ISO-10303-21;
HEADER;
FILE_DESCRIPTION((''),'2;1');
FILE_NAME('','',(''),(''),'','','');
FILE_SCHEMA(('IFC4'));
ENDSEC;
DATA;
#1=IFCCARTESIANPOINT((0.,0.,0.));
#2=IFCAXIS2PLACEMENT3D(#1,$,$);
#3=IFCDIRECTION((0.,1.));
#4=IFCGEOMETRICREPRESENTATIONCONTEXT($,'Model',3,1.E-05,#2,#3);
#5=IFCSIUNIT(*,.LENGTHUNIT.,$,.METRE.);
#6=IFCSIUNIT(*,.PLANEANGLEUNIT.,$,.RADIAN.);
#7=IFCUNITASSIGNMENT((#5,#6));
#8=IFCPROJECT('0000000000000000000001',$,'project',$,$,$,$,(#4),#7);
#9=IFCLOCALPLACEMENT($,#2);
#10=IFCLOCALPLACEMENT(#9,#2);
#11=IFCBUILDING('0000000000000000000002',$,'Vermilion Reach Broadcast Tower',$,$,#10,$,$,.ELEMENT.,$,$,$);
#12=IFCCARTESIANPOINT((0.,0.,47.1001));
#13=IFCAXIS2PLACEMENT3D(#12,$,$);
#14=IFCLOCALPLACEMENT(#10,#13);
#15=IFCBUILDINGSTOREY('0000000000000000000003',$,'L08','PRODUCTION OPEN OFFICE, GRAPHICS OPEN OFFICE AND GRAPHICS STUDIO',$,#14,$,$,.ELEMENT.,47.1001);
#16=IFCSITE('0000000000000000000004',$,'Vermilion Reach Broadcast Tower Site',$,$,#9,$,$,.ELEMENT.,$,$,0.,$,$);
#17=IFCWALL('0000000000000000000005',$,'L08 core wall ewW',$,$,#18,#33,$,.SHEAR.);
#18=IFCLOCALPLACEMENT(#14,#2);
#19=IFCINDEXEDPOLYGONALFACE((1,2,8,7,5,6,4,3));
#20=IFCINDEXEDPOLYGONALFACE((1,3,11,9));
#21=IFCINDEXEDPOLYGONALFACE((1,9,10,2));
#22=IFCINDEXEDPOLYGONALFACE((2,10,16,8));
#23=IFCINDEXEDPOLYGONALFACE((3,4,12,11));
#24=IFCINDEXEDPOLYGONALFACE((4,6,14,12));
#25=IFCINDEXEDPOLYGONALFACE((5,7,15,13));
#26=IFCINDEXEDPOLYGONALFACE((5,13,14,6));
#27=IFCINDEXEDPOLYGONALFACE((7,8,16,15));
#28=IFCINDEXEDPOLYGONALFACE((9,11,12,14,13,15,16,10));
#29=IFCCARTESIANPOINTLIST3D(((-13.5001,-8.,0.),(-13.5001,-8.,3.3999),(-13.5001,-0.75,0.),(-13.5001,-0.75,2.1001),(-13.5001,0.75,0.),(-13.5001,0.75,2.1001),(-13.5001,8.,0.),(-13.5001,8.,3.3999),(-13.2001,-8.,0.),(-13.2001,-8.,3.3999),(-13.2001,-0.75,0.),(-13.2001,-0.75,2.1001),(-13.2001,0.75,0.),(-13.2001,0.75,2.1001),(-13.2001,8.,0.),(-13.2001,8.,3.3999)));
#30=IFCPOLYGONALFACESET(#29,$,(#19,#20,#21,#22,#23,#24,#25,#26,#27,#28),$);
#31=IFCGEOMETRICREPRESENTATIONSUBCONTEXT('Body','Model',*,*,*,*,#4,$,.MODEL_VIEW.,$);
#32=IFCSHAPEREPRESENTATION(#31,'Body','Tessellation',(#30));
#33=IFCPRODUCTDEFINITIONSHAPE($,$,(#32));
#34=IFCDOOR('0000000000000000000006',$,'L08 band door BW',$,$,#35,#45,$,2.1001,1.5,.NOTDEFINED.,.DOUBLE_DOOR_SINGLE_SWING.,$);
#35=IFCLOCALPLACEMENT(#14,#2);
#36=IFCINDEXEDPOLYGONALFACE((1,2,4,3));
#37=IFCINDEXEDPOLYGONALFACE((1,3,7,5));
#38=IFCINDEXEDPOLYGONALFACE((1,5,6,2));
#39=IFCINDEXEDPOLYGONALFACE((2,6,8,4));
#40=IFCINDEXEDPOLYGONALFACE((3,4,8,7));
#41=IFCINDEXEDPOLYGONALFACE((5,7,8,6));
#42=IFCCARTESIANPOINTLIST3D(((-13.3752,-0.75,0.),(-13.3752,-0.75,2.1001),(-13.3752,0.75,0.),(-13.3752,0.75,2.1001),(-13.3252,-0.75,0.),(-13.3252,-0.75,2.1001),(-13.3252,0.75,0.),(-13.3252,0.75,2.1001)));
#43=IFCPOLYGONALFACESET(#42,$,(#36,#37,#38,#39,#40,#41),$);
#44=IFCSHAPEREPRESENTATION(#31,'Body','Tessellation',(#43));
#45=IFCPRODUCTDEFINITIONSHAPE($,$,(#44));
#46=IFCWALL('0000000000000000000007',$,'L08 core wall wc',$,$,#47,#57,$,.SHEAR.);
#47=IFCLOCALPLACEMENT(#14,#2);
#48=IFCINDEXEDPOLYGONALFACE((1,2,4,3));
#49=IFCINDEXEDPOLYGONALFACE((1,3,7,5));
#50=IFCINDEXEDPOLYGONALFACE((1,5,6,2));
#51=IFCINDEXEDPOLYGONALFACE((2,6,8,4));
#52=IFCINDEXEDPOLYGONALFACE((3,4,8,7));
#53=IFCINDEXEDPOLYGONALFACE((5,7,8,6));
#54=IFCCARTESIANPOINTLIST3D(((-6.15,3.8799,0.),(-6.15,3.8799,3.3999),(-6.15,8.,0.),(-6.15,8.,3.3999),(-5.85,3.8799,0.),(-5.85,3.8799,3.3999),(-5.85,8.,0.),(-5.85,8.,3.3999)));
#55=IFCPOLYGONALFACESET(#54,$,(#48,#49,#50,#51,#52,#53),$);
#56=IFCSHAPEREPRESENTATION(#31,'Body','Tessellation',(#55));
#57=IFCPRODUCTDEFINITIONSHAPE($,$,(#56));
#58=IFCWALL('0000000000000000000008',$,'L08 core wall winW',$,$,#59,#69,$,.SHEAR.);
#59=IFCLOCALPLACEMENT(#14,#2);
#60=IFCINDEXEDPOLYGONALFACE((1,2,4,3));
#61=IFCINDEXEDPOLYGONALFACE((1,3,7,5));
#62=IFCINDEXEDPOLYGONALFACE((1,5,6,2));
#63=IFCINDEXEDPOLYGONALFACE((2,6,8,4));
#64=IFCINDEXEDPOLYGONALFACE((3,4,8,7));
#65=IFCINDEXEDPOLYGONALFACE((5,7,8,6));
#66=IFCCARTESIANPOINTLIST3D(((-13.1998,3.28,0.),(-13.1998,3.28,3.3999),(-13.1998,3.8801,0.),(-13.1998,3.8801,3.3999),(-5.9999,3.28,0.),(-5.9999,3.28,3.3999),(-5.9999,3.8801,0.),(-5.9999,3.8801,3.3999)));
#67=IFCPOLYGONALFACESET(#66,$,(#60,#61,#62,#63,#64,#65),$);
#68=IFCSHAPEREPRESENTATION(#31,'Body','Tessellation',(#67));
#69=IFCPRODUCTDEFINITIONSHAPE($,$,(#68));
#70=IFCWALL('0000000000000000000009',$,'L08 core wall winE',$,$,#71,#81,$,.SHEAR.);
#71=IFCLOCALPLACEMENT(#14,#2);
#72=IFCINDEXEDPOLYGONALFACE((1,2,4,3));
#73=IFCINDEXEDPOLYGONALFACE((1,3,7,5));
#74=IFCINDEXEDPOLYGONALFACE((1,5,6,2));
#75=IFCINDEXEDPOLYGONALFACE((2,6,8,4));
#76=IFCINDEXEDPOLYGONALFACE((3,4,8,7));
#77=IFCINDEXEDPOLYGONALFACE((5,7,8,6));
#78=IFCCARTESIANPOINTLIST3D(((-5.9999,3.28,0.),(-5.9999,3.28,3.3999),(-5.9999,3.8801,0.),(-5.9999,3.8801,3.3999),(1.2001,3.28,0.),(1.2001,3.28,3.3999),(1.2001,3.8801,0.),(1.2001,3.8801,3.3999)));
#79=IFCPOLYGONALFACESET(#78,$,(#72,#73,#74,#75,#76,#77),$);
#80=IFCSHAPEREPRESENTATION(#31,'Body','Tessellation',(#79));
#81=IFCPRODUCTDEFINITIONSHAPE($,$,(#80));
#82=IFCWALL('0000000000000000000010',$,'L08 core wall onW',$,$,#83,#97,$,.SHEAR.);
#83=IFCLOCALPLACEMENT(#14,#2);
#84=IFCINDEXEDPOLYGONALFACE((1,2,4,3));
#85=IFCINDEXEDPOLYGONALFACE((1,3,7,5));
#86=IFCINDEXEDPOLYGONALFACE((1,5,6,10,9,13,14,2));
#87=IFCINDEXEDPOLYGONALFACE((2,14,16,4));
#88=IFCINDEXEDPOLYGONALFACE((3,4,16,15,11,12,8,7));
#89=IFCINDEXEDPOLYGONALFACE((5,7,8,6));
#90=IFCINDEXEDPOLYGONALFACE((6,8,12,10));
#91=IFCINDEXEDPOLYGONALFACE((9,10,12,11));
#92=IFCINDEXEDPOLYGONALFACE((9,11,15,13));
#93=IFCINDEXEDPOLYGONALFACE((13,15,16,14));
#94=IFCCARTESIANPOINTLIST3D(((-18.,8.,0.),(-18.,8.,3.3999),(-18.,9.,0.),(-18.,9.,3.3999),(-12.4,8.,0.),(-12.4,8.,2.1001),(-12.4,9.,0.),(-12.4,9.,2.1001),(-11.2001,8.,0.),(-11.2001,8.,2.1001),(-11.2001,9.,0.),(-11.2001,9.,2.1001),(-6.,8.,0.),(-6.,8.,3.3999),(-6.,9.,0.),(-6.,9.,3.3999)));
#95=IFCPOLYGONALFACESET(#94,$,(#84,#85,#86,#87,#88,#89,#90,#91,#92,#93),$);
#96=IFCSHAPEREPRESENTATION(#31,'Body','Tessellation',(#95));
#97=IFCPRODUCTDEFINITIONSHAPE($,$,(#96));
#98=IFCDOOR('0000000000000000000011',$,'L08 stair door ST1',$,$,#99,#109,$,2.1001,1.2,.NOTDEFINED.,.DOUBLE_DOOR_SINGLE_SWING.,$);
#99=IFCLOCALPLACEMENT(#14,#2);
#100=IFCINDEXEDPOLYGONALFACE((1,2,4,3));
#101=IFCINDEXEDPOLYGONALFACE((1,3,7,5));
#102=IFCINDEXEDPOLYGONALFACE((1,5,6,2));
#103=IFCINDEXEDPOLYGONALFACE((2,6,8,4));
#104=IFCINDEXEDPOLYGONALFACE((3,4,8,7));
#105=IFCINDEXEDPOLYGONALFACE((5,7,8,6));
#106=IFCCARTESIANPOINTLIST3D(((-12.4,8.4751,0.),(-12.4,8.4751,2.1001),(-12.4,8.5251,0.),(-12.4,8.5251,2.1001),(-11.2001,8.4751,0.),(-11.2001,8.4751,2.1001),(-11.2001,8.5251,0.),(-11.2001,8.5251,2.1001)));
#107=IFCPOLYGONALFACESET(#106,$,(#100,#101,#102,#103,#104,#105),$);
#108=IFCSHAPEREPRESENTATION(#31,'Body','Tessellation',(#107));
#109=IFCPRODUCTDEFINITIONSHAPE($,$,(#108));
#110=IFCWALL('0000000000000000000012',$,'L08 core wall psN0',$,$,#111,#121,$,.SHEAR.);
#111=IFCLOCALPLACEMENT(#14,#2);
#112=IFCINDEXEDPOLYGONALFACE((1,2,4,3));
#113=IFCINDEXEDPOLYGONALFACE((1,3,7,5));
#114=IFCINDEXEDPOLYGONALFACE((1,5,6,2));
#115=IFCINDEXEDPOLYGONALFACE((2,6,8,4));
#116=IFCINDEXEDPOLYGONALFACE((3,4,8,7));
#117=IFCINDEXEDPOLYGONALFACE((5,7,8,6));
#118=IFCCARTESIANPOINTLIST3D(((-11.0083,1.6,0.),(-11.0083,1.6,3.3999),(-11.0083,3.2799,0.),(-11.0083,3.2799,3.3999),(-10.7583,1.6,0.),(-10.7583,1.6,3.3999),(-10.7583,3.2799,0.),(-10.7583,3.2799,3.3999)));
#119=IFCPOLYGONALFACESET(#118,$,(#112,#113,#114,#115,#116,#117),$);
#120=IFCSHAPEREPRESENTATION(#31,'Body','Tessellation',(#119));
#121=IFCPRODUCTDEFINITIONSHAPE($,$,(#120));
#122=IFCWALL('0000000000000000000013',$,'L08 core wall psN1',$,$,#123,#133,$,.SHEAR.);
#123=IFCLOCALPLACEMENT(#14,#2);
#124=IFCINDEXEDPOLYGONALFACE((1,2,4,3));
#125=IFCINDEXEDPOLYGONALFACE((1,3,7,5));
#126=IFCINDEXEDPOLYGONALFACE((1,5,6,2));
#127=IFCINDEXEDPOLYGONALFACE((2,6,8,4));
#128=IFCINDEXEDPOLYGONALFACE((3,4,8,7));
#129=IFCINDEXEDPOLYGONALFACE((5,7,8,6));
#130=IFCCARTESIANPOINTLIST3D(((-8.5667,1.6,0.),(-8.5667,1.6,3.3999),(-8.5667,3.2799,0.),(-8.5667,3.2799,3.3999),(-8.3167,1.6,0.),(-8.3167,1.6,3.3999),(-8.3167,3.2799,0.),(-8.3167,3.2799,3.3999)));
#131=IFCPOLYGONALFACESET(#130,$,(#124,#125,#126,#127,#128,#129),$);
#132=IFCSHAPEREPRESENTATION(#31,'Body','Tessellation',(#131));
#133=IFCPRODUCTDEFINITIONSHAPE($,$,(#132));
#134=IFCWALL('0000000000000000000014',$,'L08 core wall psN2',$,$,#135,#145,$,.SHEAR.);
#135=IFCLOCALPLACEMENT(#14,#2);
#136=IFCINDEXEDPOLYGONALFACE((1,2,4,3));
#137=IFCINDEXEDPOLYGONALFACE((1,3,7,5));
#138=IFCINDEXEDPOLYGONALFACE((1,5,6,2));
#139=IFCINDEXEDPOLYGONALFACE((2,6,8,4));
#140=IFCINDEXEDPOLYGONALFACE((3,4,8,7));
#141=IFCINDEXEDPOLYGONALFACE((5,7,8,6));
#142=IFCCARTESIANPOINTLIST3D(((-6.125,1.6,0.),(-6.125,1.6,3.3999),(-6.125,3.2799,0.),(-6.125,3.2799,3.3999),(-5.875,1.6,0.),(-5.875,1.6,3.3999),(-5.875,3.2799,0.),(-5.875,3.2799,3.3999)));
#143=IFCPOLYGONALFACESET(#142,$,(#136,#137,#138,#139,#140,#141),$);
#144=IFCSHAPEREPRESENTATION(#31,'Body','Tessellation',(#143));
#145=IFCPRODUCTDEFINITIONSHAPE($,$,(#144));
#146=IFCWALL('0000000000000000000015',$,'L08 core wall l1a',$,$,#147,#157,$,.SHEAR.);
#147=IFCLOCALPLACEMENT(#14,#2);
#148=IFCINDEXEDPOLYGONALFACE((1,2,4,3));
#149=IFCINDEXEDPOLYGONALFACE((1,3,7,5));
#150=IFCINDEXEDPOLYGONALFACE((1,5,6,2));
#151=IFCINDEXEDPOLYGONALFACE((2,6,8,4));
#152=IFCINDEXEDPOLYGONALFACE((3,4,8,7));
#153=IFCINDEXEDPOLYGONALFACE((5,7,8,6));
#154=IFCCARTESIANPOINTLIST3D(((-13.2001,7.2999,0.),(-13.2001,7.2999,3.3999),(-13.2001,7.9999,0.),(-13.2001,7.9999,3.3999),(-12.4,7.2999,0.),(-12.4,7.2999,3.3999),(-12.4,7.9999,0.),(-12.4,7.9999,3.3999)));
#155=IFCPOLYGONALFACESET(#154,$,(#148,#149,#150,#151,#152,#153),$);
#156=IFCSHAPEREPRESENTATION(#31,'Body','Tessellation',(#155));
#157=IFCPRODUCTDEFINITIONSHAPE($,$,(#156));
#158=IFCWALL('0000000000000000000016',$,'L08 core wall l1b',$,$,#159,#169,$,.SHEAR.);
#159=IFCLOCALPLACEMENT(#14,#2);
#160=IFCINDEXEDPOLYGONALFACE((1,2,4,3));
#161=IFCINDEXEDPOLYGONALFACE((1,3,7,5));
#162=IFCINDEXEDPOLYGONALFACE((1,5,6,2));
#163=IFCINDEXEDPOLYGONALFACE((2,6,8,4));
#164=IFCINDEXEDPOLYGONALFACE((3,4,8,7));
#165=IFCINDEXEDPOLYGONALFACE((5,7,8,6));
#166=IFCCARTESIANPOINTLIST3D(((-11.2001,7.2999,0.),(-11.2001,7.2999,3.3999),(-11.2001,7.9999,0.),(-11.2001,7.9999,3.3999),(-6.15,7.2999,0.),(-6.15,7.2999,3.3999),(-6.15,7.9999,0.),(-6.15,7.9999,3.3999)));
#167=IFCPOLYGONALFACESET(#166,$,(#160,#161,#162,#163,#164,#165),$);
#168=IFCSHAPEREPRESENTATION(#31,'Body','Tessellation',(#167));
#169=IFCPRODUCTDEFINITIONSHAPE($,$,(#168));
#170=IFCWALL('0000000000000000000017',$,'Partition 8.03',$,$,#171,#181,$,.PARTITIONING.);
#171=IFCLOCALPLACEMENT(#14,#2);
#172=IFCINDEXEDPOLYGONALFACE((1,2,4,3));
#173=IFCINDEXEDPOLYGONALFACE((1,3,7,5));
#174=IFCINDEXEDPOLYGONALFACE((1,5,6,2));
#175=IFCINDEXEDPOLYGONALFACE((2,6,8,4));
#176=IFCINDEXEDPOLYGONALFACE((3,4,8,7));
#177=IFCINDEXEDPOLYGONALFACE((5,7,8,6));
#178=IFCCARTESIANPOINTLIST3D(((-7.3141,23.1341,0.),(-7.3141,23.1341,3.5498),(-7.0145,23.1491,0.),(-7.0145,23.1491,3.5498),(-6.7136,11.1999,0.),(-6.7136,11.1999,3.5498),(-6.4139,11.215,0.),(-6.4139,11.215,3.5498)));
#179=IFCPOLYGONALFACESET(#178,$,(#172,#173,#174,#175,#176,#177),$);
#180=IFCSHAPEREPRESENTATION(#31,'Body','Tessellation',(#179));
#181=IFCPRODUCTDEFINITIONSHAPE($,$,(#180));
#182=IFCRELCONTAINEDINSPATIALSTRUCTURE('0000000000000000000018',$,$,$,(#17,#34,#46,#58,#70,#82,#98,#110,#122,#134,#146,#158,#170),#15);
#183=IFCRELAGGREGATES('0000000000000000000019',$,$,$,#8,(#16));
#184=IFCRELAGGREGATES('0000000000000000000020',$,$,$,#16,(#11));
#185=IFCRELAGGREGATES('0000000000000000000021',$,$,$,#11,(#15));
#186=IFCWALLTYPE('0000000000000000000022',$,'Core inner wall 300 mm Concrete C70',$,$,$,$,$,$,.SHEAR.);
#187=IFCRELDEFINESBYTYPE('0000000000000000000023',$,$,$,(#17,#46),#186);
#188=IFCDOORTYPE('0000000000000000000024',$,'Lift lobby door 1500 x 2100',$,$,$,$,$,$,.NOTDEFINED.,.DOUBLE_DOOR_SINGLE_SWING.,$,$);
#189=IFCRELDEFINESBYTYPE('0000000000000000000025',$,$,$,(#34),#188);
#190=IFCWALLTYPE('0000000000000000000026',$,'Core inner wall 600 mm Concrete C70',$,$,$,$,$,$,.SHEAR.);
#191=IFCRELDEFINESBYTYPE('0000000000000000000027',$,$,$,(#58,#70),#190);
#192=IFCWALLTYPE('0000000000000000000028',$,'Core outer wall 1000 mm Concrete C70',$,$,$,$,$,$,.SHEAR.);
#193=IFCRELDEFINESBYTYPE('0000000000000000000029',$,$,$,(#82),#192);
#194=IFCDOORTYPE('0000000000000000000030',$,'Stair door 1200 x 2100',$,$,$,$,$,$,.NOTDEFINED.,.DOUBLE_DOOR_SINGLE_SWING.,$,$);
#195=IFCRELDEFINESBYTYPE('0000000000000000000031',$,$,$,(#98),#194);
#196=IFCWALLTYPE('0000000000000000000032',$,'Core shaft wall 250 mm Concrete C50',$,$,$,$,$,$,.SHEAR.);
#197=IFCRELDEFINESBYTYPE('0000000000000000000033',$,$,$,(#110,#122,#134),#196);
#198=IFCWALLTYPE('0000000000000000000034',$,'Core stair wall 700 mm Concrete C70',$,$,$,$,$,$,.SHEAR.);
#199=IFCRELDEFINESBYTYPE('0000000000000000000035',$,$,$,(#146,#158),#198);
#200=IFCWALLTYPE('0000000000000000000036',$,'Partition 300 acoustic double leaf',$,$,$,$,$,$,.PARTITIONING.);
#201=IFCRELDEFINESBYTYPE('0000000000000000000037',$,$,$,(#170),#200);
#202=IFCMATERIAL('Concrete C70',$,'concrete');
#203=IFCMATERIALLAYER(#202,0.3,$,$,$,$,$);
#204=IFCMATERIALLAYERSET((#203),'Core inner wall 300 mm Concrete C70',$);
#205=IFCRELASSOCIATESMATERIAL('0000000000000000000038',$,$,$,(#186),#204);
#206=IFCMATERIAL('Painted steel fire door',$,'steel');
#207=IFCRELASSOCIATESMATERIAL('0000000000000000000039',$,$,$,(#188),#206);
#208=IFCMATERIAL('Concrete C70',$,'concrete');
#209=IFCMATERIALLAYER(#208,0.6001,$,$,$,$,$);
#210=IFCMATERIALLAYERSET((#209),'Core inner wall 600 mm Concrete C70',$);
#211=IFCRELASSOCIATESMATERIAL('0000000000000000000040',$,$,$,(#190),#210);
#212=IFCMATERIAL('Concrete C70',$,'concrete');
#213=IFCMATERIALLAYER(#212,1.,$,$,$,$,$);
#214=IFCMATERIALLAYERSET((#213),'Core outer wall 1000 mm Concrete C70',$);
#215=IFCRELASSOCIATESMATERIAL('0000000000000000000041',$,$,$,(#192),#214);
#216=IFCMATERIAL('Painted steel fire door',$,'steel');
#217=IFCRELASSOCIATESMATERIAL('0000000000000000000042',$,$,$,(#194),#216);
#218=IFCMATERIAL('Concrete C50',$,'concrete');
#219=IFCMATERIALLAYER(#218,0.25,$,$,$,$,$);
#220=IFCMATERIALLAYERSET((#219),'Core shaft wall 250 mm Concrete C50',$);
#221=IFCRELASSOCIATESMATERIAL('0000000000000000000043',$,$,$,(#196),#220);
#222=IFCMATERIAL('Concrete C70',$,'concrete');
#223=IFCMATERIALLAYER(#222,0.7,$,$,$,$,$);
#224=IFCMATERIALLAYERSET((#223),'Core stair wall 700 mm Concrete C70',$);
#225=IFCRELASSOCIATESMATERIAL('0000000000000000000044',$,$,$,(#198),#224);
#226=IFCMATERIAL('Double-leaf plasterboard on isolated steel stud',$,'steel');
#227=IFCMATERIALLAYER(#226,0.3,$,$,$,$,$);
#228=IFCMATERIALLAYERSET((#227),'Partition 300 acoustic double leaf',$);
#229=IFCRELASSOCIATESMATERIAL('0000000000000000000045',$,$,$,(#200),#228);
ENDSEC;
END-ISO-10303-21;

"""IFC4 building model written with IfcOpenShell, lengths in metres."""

from ifc_helpers import new_model, si_unit, direction, frame, frame_2d, origin, place, context, subcontext, project, spatial, rectangle, extrude, material, layer, layer_set, type_object, element, fill, save


model = new_model("IFC4")

# Units and contexts
model_context = context("Model", 3, precision=1e-05, world=origin(), true_north=direction((0.0, 1.0)))
body_context = subcontext(model_context, "Body", "Model", "MODEL_VIEW")
ifc_project = project(units=[si_unit("LENGTHUNIT", "METRE"), si_unit("PLANEANGLEUNIT", "RADIAN")], contexts=[model_context])

# Site, building, storey
site_placement = place(None, origin())
site = spatial("IfcSite", under=ifc_project, at=site_placement, Name="Vermilion Reach Broadcast Tower Site", CompositionType="ELEMENT", RefElevation=0.0)
building_placement = place(site_placement, origin())
building = spatial("IfcBuilding", under=site, at=building_placement, Name="Vermilion Reach Broadcast Tower", CompositionType="ELEMENT")
storey_placement = place(building_placement, frame((0.0, 0.0, 47.1001)))
storey = spatial("IfcBuildingStorey", under=building, at=storey_placement, Name="L08", Description="PRODUCTION OPEN OFFICE, GRAPHICS OPEN OFFICE AND GRAPHICS STUDIO", CompositionType="ELEMENT", Elevation=47.1001)

# Wall, opening, door
ifc_material_1 = material(Name="Concrete C70", Category="concrete")
ifc_layer_1 = layer(ifc_material_1, 0.3)
ifc_layer_set_1 = layer_set([ifc_layer_1], Name="Core inner wall 300 mm Concrete C70")
wall_type_1 = type_object("IfcWallType", Name="Core inner wall 300 mm Concrete C70", PredefinedType="SHEAR", material=ifc_layer_set_1)
wall_1_placement = place(storey_placement, frame((-13.3501, 8.0, 0.0), z_axis=(0.0, 0.0, 1.0), x_axis=(0.0, -1.0, 0.0)))
wall_1 = element("IfcWall", 1, at=wall_1_placement, inside=storey, type_object=wall_type_1, Name="L08 core wall ewW", PredefinedType="SHEAR", context=body_context, shape_type="SweptSolid", body=[
    extrude(rectangle(XDim=16.0, YDim=0.3, at=frame_2d((8.0, 0.0))), origin(), (0.0, 0.0, 1.0), 3.3999),
])
opening_1_placement = place(wall_1_placement, frame((7.25, 0.0, 0.0)))
opening_1 = element("IfcOpeningElement", 2, at=opening_1_placement, cuts=wall_1, PredefinedType="OPENING", context=body_context, shape_type="SweptSolid", body=[
    extrude(rectangle(XDim=1.5, YDim=2.1001, at=frame_2d((0.75, 1.05))), frame((0.0, 0.1599, 0.0), z_axis=(0.0, -1.0, 0.0), x_axis=(1.0, 0.0, 0.0)), (0.0, 0.0, 1.0), 0.3201),
])
ifc_material_2 = material(Name="Painted steel fire door", Category="steel")
door_type_1 = type_object("IfcDoorType", Name="Lift lobby door 1500 x 2100", OperationType="DOUBLE_DOOR_SINGLE_SWING", PredefinedType="NOTDEFINED", material=ifc_material_2)
door_1_placement = place(opening_1_placement, origin())
door_1 = element("IfcDoor", 3, at=door_1_placement, inside=storey, type_object=door_type_1, Name="L08 band door BW", OperationType="DOUBLE_DOOR_SINGLE_SWING", OverallHeight=2.1001, OverallWidth=1.5, PredefinedType="NOTDEFINED", context=body_context, shape_type="SweptSolid", body=[
    extrude(rectangle(XDim=1.5, YDim=2.1001, at=frame_2d((0.75, 1.05))), frame((0.0, 0.0249, 0.0), z_axis=(0.0, -1.0, 0.0), x_axis=(1.0, 0.0, 0.0)), (0.0, 0.0, 1.0), 0.05),
])
fill(opening_1, door_1)

# Walls
wall_2_placement = place(storey_placement, frame((-6.0, 3.8799, 0.0), z_axis=(0.0, 0.0, 1.0), x_axis=(0.0, 1.0, 0.0)))
element("IfcWall", 4, at=wall_2_placement, inside=storey, type_object=wall_type_1, Name="L08 core wall wc", PredefinedType="SHEAR", context=body_context, shape_type="SweptSolid", body=[
    extrude(rectangle(XDim=4.1201, YDim=0.3, at=frame_2d((2.0601, 0.0))), origin(), (0.0, 0.0, 1.0), 3.3999),
])
ifc_material_3 = material(Name="Concrete C70", Category="concrete")
ifc_layer_2 = layer(ifc_material_3, 0.6001)
ifc_layer_set_2 = layer_set([ifc_layer_2], Name="Core inner wall 600 mm Concrete C70")
wall_type_2 = type_object("IfcWallType", Name="Core inner wall 600 mm Concrete C70", PredefinedType="SHEAR", material=ifc_layer_set_2)
for number, where, z_axis, x_axis, name in (
    (5, (-13.2, 3.5801, 0.0), (0.0, 0.0, 1.0), (1.0, 0.0, 0.0), "L08 core wall winW"),
    (6, (-6.0, 3.5801, 0.0), (0.0, 0.0, 1.0), (1.0, 0.0, 0.0), "L08 core wall winE"),
):
    element("IfcWall", number, at=place(storey_placement, frame(where, z_axis=z_axis, x_axis=x_axis)), inside=storey, type_object=wall_type_2, Name=name, PredefinedType="SHEAR", context=body_context, shape_type="SweptSolid", body=[
        extrude(rectangle(XDim=7.2, YDim=0.6001, at=frame_2d((3.6001, 0.0))), origin(), (0.0, 0.0, 1.0), 3.3999),
    ])

# Wall, opening, door
ifc_material_4 = material(Name="Concrete C70", Category="concrete")
ifc_layer_3 = layer(ifc_material_4, 1.0)
ifc_layer_set_3 = layer_set([ifc_layer_3], Name="Core outer wall 1000 mm Concrete C70")
wall_type_3 = type_object("IfcWallType", Name="Core outer wall 1000 mm Concrete C70", PredefinedType="SHEAR", material=ifc_layer_set_3)
wall_3_placement = place(storey_placement, frame((-6.0, 8.5, 0.0), z_axis=(0.0, 0.0, 1.0), x_axis=(-1.0, 0.0, 0.0)))
wall_3 = element("IfcWall", 7, at=wall_3_placement, inside=storey, type_object=wall_type_3, Name="L08 core wall onW", PredefinedType="SHEAR", context=body_context, shape_type="SweptSolid", body=[
    extrude(rectangle(XDim=12.0, YDim=1.0, at=frame_2d((6.0, 0.0))), origin(), (0.0, 0.0, 1.0), 3.3999),
])
opening_2_placement = place(wall_3_placement, frame((5.2, 0.0, 0.0)))
opening_2 = element("IfcOpeningElement", 8, at=opening_2_placement, cuts=wall_3, PredefinedType="OPENING", context=body_context, shape_type="SweptSolid", body=[
    extrude(rectangle(XDim=1.2, YDim=2.1001, at=frame_2d((0.6001, 1.05))), frame((0.0, 0.51, 0.0), z_axis=(0.0, -1.0, 0.0), x_axis=(1.0, 0.0, 0.0)), (0.0, 0.0, 1.0), 1.02),
])
ifc_material_5 = material(Name="Painted steel fire door", Category="steel")
door_type_2 = type_object("IfcDoorType", Name="Stair door 1200 x 2100", OperationType="DOUBLE_DOOR_SINGLE_SWING", PredefinedType="NOTDEFINED", material=ifc_material_5)
door_2_placement = place(opening_2_placement, origin())
door_2 = element("IfcDoor", 9, at=door_2_placement, inside=storey, type_object=door_type_2, Name="L08 stair door ST1", OperationType="DOUBLE_DOOR_SINGLE_SWING", OverallHeight=2.1001, OverallWidth=1.2, PredefinedType="NOTDEFINED", context=body_context, shape_type="SweptSolid", body=[
    extrude(rectangle(XDim=1.2, YDim=2.1001, at=frame_2d((0.6001, 1.05))), frame((0.0, 0.0249, 0.0), z_axis=(0.0, -1.0, 0.0), x_axis=(1.0, 0.0, 0.0)), (0.0, 0.0, 1.0), 0.05),
])
fill(opening_2, door_2)

# Walls
ifc_material_6 = material(Name="Concrete C50", Category="concrete")
ifc_layer_4 = layer(ifc_material_6, 0.25)
ifc_layer_set_4 = layer_set([ifc_layer_4], Name="Core shaft wall 250 mm Concrete C50")
wall_type_4 = type_object("IfcWallType", Name="Core shaft wall 250 mm Concrete C50", PredefinedType="SHEAR", material=ifc_layer_set_4)
for number, where, z_axis, x_axis, name in (
    (10, (-10.8833, 1.6001, 0.0), (0.0, 0.0, 1.0), (0.0, 1.0, 0.0), "L08 core wall psN0"),
    (11, (-8.4417, 1.6001, 0.0), (0.0, 0.0, 1.0), (0.0, 1.0, 0.0), "L08 core wall psN1"),
    (12, (-6.0, 1.6001, 0.0), (0.0, 0.0, 1.0), (0.0, 1.0, 0.0), "L08 core wall psN2"),
):
    element("IfcWall", number, at=place(storey_placement, frame(where, z_axis=z_axis, x_axis=x_axis)), inside=storey, type_object=wall_type_4, Name=name, PredefinedType="SHEAR", context=body_context, shape_type="SweptSolid", body=[
        extrude(rectangle(XDim=1.6799, YDim=0.25, at=frame_2d((0.8398, 0.0))), origin(), (0.0, 0.0, 1.0), 3.3999),
    ])
ifc_material_7 = material(Name="Concrete C70", Category="concrete")
ifc_layer_5 = layer(ifc_material_7, 0.7)
ifc_layer_set_5 = layer_set([ifc_layer_5], Name="Core stair wall 700 mm Concrete C70")
wall_type_5 = type_object("IfcWallType", Name="Core stair wall 700 mm Concrete C70", PredefinedType="SHEAR", material=ifc_layer_set_5)
wall_4_placement = place(storey_placement, frame((-13.2, 7.6499, 0.0), z_axis=(0.0, 0.0, 1.0), x_axis=(1.0, 0.0, 0.0)))
element("IfcWall", 13, at=wall_4_placement, inside=storey, type_object=wall_type_5, Name="L08 core wall l1a", PredefinedType="SHEAR", context=body_context, shape_type="SweptSolid", body=[
    extrude(rectangle(XDim=0.8, YDim=0.7, at=frame_2d((0.3999, 0.0))), origin(), (0.0, 0.0, 1.0), 3.3999),
])
wall_5_placement = place(storey_placement, frame((-11.2, 7.6499, 0.0), z_axis=(0.0, 0.0, 1.0), x_axis=(1.0, 0.0, 0.0)))
element("IfcWall", 14, at=wall_5_placement, inside=storey, type_object=wall_type_5, Name="L08 core wall l1b", PredefinedType="SHEAR", context=body_context, shape_type="SweptSolid", body=[
    extrude(rectangle(XDim=5.05, YDim=0.7, at=frame_2d((2.5249, 0.0))), origin(), (0.0, 0.0, 1.0), 3.3999),
])
ifc_material_8 = material(Name="Double-leaf plasterboard on isolated steel stud", Category="steel")
ifc_layer_6 = layer(ifc_material_8, 0.3)
ifc_layer_set_6 = layer_set([ifc_layer_6], Name="Partition 300 acoustic double leaf")
wall_type_6 = type_object("IfcWallType", Name="Partition 300 acoustic double leaf", PredefinedType="PARTITIONING", material=ifc_layer_set_6)
wall_6_placement = place(storey_placement, frame((-7.1643, 23.1416, 0.0), z_axis=(0.0, 0.0, 1.0), x_axis=(0.050262, -0.998736, 0.0)))
element("IfcWall", 15, at=wall_6_placement, inside=storey, type_object=wall_type_6, Name="Partition 8.03", PredefinedType="PARTITIONING", context=body_context, shape_type="SweptSolid", body=[
    extrude(rectangle(XDim=11.9492, YDim=0.3, at=frame_2d((5.9746, 0.0))), origin(), (0.0, 0.0, 1.0), 3.5498),
])

save(model, "model.ifc")
